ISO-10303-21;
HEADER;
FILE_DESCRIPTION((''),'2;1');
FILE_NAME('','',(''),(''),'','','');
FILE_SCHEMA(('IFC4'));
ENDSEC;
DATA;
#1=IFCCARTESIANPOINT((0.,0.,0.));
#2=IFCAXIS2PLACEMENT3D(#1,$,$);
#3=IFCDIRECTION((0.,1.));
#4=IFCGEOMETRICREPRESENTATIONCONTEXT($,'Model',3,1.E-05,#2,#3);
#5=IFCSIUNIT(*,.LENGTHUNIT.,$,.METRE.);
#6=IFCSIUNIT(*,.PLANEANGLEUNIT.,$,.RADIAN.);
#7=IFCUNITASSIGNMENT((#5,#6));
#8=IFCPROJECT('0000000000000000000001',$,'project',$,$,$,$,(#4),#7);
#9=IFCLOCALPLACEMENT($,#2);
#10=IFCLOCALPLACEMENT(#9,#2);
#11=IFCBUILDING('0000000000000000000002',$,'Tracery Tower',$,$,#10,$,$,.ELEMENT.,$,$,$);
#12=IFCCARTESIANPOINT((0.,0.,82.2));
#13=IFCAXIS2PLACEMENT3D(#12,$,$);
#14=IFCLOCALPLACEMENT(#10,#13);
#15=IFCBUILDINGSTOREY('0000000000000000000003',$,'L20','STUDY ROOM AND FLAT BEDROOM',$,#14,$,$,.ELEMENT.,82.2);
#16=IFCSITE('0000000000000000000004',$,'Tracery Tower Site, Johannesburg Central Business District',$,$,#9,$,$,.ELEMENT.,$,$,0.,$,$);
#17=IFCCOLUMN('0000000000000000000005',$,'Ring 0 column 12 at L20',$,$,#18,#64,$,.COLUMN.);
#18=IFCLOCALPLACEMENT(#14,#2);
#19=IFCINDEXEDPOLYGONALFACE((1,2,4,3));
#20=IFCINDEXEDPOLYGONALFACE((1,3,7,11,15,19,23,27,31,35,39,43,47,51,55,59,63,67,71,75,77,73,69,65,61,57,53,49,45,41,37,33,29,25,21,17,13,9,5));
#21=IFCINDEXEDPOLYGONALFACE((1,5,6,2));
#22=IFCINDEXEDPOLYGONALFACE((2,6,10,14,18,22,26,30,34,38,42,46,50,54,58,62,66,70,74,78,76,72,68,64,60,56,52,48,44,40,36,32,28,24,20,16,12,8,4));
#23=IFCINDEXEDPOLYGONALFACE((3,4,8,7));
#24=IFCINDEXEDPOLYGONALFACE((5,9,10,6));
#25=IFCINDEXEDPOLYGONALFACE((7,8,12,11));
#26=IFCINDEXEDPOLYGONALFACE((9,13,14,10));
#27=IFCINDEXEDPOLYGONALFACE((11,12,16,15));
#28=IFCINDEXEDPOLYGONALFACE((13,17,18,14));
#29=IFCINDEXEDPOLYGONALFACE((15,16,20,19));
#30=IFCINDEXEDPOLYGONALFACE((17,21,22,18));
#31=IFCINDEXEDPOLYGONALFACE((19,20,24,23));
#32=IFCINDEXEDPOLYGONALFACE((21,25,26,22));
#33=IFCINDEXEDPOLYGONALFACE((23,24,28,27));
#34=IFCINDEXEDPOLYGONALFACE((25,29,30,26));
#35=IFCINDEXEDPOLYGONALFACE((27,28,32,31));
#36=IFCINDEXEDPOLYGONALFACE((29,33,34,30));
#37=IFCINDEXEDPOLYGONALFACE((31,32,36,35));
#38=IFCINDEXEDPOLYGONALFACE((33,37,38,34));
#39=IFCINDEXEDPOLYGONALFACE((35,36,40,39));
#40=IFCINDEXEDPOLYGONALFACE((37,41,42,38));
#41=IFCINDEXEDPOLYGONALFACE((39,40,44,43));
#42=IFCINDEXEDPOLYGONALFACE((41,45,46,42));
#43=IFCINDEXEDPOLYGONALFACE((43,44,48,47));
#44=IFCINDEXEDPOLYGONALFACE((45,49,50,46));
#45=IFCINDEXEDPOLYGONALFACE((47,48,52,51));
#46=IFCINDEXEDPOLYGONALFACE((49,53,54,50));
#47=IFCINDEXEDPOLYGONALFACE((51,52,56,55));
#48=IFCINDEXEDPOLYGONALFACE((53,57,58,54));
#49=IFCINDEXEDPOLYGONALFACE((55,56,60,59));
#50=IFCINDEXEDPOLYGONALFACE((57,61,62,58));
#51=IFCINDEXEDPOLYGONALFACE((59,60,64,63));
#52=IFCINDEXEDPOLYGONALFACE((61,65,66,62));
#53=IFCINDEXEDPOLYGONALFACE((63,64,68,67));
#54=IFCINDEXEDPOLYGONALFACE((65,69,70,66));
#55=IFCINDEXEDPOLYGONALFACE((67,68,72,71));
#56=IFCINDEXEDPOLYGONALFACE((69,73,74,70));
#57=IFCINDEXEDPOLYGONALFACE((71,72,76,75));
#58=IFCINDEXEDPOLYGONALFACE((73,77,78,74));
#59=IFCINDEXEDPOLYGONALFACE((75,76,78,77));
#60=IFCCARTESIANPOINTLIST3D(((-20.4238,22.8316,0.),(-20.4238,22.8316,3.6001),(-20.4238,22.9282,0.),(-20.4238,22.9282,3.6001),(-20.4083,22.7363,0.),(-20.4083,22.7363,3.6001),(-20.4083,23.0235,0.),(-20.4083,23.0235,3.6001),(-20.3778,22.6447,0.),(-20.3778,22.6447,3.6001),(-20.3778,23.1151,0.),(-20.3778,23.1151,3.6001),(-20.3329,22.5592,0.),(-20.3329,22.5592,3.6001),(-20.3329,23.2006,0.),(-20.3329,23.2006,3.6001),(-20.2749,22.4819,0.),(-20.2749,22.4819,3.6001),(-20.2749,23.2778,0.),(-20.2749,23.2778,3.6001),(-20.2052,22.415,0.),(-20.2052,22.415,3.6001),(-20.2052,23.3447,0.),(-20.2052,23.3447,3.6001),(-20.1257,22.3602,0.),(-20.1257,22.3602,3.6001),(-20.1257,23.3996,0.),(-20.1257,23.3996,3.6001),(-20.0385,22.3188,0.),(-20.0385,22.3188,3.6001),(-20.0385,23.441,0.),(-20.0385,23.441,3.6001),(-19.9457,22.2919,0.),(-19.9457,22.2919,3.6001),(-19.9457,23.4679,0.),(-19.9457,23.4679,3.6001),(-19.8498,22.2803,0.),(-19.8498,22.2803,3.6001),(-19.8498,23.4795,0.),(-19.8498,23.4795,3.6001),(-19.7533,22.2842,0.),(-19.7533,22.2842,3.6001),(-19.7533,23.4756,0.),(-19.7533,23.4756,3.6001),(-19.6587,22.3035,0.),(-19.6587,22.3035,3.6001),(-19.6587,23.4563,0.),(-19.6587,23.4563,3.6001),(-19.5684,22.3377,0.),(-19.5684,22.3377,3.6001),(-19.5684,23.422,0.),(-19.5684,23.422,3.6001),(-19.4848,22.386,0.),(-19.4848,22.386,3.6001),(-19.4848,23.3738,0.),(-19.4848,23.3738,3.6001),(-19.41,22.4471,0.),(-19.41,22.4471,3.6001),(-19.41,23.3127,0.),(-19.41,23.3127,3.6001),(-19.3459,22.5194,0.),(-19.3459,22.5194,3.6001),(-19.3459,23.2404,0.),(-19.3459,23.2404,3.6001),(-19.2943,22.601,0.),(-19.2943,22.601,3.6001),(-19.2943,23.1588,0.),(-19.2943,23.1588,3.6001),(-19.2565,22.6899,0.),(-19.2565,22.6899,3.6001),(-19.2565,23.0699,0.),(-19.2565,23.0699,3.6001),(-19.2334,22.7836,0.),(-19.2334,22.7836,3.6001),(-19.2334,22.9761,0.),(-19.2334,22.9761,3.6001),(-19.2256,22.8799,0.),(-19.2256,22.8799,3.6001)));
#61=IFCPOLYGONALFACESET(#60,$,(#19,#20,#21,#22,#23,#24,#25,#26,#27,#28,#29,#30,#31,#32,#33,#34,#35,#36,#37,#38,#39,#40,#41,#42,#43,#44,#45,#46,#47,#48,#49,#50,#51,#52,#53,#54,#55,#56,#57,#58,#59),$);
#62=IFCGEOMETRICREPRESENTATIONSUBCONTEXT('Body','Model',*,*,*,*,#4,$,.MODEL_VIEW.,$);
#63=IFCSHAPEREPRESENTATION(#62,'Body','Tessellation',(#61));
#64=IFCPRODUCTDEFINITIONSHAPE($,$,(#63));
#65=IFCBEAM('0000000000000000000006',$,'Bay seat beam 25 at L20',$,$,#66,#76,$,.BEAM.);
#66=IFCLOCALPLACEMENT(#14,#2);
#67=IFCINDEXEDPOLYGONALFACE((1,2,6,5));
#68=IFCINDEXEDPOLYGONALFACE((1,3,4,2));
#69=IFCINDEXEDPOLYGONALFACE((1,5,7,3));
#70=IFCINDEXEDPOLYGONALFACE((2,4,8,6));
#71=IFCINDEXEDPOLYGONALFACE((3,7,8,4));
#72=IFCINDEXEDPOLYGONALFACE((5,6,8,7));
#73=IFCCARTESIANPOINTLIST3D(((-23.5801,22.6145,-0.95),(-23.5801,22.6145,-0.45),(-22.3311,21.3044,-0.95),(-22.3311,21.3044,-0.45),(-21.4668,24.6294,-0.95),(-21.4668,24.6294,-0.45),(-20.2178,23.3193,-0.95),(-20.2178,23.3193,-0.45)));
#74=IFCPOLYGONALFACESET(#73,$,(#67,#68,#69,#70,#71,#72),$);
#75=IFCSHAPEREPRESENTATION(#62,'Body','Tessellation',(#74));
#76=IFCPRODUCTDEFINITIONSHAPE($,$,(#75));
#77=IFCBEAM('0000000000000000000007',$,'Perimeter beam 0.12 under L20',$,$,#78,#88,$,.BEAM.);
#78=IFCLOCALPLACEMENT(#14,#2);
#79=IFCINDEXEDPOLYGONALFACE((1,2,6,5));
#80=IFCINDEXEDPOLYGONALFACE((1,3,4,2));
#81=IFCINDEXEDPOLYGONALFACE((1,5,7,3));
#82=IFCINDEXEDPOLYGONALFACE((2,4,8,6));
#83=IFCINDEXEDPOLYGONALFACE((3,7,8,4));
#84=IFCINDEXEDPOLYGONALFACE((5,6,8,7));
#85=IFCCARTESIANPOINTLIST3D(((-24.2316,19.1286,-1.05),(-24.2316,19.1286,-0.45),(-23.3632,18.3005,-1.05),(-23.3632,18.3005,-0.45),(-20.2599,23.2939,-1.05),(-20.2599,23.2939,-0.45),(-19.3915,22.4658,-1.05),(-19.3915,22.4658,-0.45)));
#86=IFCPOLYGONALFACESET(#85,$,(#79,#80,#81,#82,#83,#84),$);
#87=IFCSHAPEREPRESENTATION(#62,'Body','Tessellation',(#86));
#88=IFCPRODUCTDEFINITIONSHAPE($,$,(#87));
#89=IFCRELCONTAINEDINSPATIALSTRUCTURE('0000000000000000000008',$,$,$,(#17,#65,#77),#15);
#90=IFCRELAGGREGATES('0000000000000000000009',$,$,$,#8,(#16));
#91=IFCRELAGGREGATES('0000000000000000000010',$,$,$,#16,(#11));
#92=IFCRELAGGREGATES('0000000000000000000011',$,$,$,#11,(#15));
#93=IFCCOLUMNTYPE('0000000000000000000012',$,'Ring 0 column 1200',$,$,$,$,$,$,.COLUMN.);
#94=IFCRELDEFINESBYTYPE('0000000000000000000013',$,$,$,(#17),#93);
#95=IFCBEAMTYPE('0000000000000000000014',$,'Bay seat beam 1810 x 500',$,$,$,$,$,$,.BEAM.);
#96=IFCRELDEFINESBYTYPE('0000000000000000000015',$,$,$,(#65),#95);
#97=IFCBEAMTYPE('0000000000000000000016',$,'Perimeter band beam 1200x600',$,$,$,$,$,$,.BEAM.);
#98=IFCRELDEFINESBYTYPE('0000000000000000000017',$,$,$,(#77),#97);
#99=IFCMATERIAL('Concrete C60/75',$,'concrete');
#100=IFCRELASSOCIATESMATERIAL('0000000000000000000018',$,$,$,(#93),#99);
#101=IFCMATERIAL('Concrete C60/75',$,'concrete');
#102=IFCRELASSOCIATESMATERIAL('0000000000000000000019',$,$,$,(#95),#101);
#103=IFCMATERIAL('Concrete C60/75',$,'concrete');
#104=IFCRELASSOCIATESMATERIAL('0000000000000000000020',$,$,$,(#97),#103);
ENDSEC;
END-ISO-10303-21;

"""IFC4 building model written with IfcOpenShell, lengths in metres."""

from ifc_helpers import new_model, si_unit, direction, frame, origin, origin_2d, place, context, subcontext, project, spatial, rectangle, circle, extrude, material, material_profile, profile_set, type_object, element, save


model = new_model("IFC4")

# Units and contexts
model_context = context("Model", 3, precision=1e-05, world=origin(), true_north=direction((0.0, 1.0)))
body_context = subcontext(model_context, "Body", "Model", "MODEL_VIEW")
ifc_project = project(units=[si_unit("LENGTHUNIT", "METRE"), si_unit("PLANEANGLEUNIT", "RADIAN")], contexts=[model_context])

# Site, building, storey
site_placement = place(None, origin())
site = spatial("IfcSite", under=ifc_project, at=site_placement, Name="Tracery Tower Site, Johannesburg Central Business District", CompositionType="ELEMENT", RefElevation=0.0)
building_placement = place(site_placement, origin())
building = spatial("IfcBuilding", under=site, at=building_placement, Name="Tracery Tower", CompositionType="ELEMENT")
storey_placement = place(building_placement, frame((0.0, 0.0, 82.2)))
storey = spatial("IfcBuildingStorey", under=building, at=storey_placement, Name="L20", Description="STUDY ROOM AND FLAT BEDROOM", CompositionType="ELEMENT", Elevation=82.2)

# Column
ifc_material_1 = material(Name="Concrete C60/75", Category="concrete")
ifc_material_profile_1 = material_profile(ifc_material_1, circle(Radius=0.6001, at=origin_2d()), Name="RC D1200")
ifc_profile_set_1 = profile_set([ifc_material_profile_1], Name="Concrete C60/75")
column_type = type_object("IfcColumnType", Name="Ring 0 column 1200", PredefinedType="COLUMN", material=ifc_profile_set_1)
column_placement = place(storey_placement, frame((-19.8257, 22.8799, 0.0), z_axis=(0.0, 0.0, 1.0), x_axis=(1.0, 0.0, 0.0)))
element("IfcColumn", 1, at=column_placement, inside=storey, type_object=column_type, Name="Ring 0 column 12 at L20", PredefinedType="COLUMN", context=body_context, shape_type="SweptSolid", body=[
    extrude(circle(Radius=0.6001, at=origin_2d()), origin(), (0.0, 0.0, 1.0), 3.6001),
])

# Beams
ifc_material_2 = material(Name="Concrete C60/75", Category="concrete")
ifc_material_profile_2 = material_profile(ifc_material_2, rectangle(XDim=1.8101, YDim=0.5, at=origin_2d()), Name="RC 1810x500")
ifc_profile_set_2 = profile_set([ifc_material_profile_2], Name="Concrete C60/75")
beam_type_1 = type_object("IfcBeamType", Name="Bay seat beam 1810 x 500", PredefinedType="BEAM", material=ifc_profile_set_2)
beam_1_placement = place(storey_placement, frame((-20.8423, 23.9744, -0.7), z_axis=(-0.723754, -0.690058, 0.0), x_axis=(0.690058, -0.723754, 0.0)))
element("IfcBeam", 2, at=beam_1_placement, inside=storey, type_object=beam_type_1, Name="Bay seat beam 25 at L20", PredefinedType="BEAM", context=body_context, shape_type="SweptSolid", body=[
    extrude(rectangle(XDim=1.8101, YDim=0.5, at=origin_2d()), origin(), (0.0, 0.0, 1.0), 2.9199),
])
ifc_material_3 = material(Name="Concrete C60/75", Category="concrete")
ifc_material_profile_3 = material_profile(ifc_material_3, rectangle(XDim=1.2, YDim=0.6001, at=origin_2d()), Name="RC 1200x600")
ifc_profile_set_3 = profile_set([ifc_material_profile_3], Name="Concrete C60/75")
beam_type_2 = type_object("IfcBeamType", Name="Perimeter band beam 1200x600", PredefinedType="BEAM", material=ifc_profile_set_3)
beam_2_placement = place(storey_placement, frame((-19.8257, 22.8799, -0.75), z_axis=(-0.690087, -0.723726, 0.0), x_axis=(0.723726, -0.690087, 0.0)))
element("IfcBeam", 3, at=beam_2_placement, inside=storey, type_object=beam_type_2, Name="Perimeter beam 0.12 under L20", PredefinedType="BEAM", context=body_context, shape_type="SweptSolid", body=[
    extrude(rectangle(XDim=1.2, YDim=0.6001, at=origin_2d()), origin(), (0.0, 0.0, 1.0), 5.7554),
])

save(model, "model.ifc")
